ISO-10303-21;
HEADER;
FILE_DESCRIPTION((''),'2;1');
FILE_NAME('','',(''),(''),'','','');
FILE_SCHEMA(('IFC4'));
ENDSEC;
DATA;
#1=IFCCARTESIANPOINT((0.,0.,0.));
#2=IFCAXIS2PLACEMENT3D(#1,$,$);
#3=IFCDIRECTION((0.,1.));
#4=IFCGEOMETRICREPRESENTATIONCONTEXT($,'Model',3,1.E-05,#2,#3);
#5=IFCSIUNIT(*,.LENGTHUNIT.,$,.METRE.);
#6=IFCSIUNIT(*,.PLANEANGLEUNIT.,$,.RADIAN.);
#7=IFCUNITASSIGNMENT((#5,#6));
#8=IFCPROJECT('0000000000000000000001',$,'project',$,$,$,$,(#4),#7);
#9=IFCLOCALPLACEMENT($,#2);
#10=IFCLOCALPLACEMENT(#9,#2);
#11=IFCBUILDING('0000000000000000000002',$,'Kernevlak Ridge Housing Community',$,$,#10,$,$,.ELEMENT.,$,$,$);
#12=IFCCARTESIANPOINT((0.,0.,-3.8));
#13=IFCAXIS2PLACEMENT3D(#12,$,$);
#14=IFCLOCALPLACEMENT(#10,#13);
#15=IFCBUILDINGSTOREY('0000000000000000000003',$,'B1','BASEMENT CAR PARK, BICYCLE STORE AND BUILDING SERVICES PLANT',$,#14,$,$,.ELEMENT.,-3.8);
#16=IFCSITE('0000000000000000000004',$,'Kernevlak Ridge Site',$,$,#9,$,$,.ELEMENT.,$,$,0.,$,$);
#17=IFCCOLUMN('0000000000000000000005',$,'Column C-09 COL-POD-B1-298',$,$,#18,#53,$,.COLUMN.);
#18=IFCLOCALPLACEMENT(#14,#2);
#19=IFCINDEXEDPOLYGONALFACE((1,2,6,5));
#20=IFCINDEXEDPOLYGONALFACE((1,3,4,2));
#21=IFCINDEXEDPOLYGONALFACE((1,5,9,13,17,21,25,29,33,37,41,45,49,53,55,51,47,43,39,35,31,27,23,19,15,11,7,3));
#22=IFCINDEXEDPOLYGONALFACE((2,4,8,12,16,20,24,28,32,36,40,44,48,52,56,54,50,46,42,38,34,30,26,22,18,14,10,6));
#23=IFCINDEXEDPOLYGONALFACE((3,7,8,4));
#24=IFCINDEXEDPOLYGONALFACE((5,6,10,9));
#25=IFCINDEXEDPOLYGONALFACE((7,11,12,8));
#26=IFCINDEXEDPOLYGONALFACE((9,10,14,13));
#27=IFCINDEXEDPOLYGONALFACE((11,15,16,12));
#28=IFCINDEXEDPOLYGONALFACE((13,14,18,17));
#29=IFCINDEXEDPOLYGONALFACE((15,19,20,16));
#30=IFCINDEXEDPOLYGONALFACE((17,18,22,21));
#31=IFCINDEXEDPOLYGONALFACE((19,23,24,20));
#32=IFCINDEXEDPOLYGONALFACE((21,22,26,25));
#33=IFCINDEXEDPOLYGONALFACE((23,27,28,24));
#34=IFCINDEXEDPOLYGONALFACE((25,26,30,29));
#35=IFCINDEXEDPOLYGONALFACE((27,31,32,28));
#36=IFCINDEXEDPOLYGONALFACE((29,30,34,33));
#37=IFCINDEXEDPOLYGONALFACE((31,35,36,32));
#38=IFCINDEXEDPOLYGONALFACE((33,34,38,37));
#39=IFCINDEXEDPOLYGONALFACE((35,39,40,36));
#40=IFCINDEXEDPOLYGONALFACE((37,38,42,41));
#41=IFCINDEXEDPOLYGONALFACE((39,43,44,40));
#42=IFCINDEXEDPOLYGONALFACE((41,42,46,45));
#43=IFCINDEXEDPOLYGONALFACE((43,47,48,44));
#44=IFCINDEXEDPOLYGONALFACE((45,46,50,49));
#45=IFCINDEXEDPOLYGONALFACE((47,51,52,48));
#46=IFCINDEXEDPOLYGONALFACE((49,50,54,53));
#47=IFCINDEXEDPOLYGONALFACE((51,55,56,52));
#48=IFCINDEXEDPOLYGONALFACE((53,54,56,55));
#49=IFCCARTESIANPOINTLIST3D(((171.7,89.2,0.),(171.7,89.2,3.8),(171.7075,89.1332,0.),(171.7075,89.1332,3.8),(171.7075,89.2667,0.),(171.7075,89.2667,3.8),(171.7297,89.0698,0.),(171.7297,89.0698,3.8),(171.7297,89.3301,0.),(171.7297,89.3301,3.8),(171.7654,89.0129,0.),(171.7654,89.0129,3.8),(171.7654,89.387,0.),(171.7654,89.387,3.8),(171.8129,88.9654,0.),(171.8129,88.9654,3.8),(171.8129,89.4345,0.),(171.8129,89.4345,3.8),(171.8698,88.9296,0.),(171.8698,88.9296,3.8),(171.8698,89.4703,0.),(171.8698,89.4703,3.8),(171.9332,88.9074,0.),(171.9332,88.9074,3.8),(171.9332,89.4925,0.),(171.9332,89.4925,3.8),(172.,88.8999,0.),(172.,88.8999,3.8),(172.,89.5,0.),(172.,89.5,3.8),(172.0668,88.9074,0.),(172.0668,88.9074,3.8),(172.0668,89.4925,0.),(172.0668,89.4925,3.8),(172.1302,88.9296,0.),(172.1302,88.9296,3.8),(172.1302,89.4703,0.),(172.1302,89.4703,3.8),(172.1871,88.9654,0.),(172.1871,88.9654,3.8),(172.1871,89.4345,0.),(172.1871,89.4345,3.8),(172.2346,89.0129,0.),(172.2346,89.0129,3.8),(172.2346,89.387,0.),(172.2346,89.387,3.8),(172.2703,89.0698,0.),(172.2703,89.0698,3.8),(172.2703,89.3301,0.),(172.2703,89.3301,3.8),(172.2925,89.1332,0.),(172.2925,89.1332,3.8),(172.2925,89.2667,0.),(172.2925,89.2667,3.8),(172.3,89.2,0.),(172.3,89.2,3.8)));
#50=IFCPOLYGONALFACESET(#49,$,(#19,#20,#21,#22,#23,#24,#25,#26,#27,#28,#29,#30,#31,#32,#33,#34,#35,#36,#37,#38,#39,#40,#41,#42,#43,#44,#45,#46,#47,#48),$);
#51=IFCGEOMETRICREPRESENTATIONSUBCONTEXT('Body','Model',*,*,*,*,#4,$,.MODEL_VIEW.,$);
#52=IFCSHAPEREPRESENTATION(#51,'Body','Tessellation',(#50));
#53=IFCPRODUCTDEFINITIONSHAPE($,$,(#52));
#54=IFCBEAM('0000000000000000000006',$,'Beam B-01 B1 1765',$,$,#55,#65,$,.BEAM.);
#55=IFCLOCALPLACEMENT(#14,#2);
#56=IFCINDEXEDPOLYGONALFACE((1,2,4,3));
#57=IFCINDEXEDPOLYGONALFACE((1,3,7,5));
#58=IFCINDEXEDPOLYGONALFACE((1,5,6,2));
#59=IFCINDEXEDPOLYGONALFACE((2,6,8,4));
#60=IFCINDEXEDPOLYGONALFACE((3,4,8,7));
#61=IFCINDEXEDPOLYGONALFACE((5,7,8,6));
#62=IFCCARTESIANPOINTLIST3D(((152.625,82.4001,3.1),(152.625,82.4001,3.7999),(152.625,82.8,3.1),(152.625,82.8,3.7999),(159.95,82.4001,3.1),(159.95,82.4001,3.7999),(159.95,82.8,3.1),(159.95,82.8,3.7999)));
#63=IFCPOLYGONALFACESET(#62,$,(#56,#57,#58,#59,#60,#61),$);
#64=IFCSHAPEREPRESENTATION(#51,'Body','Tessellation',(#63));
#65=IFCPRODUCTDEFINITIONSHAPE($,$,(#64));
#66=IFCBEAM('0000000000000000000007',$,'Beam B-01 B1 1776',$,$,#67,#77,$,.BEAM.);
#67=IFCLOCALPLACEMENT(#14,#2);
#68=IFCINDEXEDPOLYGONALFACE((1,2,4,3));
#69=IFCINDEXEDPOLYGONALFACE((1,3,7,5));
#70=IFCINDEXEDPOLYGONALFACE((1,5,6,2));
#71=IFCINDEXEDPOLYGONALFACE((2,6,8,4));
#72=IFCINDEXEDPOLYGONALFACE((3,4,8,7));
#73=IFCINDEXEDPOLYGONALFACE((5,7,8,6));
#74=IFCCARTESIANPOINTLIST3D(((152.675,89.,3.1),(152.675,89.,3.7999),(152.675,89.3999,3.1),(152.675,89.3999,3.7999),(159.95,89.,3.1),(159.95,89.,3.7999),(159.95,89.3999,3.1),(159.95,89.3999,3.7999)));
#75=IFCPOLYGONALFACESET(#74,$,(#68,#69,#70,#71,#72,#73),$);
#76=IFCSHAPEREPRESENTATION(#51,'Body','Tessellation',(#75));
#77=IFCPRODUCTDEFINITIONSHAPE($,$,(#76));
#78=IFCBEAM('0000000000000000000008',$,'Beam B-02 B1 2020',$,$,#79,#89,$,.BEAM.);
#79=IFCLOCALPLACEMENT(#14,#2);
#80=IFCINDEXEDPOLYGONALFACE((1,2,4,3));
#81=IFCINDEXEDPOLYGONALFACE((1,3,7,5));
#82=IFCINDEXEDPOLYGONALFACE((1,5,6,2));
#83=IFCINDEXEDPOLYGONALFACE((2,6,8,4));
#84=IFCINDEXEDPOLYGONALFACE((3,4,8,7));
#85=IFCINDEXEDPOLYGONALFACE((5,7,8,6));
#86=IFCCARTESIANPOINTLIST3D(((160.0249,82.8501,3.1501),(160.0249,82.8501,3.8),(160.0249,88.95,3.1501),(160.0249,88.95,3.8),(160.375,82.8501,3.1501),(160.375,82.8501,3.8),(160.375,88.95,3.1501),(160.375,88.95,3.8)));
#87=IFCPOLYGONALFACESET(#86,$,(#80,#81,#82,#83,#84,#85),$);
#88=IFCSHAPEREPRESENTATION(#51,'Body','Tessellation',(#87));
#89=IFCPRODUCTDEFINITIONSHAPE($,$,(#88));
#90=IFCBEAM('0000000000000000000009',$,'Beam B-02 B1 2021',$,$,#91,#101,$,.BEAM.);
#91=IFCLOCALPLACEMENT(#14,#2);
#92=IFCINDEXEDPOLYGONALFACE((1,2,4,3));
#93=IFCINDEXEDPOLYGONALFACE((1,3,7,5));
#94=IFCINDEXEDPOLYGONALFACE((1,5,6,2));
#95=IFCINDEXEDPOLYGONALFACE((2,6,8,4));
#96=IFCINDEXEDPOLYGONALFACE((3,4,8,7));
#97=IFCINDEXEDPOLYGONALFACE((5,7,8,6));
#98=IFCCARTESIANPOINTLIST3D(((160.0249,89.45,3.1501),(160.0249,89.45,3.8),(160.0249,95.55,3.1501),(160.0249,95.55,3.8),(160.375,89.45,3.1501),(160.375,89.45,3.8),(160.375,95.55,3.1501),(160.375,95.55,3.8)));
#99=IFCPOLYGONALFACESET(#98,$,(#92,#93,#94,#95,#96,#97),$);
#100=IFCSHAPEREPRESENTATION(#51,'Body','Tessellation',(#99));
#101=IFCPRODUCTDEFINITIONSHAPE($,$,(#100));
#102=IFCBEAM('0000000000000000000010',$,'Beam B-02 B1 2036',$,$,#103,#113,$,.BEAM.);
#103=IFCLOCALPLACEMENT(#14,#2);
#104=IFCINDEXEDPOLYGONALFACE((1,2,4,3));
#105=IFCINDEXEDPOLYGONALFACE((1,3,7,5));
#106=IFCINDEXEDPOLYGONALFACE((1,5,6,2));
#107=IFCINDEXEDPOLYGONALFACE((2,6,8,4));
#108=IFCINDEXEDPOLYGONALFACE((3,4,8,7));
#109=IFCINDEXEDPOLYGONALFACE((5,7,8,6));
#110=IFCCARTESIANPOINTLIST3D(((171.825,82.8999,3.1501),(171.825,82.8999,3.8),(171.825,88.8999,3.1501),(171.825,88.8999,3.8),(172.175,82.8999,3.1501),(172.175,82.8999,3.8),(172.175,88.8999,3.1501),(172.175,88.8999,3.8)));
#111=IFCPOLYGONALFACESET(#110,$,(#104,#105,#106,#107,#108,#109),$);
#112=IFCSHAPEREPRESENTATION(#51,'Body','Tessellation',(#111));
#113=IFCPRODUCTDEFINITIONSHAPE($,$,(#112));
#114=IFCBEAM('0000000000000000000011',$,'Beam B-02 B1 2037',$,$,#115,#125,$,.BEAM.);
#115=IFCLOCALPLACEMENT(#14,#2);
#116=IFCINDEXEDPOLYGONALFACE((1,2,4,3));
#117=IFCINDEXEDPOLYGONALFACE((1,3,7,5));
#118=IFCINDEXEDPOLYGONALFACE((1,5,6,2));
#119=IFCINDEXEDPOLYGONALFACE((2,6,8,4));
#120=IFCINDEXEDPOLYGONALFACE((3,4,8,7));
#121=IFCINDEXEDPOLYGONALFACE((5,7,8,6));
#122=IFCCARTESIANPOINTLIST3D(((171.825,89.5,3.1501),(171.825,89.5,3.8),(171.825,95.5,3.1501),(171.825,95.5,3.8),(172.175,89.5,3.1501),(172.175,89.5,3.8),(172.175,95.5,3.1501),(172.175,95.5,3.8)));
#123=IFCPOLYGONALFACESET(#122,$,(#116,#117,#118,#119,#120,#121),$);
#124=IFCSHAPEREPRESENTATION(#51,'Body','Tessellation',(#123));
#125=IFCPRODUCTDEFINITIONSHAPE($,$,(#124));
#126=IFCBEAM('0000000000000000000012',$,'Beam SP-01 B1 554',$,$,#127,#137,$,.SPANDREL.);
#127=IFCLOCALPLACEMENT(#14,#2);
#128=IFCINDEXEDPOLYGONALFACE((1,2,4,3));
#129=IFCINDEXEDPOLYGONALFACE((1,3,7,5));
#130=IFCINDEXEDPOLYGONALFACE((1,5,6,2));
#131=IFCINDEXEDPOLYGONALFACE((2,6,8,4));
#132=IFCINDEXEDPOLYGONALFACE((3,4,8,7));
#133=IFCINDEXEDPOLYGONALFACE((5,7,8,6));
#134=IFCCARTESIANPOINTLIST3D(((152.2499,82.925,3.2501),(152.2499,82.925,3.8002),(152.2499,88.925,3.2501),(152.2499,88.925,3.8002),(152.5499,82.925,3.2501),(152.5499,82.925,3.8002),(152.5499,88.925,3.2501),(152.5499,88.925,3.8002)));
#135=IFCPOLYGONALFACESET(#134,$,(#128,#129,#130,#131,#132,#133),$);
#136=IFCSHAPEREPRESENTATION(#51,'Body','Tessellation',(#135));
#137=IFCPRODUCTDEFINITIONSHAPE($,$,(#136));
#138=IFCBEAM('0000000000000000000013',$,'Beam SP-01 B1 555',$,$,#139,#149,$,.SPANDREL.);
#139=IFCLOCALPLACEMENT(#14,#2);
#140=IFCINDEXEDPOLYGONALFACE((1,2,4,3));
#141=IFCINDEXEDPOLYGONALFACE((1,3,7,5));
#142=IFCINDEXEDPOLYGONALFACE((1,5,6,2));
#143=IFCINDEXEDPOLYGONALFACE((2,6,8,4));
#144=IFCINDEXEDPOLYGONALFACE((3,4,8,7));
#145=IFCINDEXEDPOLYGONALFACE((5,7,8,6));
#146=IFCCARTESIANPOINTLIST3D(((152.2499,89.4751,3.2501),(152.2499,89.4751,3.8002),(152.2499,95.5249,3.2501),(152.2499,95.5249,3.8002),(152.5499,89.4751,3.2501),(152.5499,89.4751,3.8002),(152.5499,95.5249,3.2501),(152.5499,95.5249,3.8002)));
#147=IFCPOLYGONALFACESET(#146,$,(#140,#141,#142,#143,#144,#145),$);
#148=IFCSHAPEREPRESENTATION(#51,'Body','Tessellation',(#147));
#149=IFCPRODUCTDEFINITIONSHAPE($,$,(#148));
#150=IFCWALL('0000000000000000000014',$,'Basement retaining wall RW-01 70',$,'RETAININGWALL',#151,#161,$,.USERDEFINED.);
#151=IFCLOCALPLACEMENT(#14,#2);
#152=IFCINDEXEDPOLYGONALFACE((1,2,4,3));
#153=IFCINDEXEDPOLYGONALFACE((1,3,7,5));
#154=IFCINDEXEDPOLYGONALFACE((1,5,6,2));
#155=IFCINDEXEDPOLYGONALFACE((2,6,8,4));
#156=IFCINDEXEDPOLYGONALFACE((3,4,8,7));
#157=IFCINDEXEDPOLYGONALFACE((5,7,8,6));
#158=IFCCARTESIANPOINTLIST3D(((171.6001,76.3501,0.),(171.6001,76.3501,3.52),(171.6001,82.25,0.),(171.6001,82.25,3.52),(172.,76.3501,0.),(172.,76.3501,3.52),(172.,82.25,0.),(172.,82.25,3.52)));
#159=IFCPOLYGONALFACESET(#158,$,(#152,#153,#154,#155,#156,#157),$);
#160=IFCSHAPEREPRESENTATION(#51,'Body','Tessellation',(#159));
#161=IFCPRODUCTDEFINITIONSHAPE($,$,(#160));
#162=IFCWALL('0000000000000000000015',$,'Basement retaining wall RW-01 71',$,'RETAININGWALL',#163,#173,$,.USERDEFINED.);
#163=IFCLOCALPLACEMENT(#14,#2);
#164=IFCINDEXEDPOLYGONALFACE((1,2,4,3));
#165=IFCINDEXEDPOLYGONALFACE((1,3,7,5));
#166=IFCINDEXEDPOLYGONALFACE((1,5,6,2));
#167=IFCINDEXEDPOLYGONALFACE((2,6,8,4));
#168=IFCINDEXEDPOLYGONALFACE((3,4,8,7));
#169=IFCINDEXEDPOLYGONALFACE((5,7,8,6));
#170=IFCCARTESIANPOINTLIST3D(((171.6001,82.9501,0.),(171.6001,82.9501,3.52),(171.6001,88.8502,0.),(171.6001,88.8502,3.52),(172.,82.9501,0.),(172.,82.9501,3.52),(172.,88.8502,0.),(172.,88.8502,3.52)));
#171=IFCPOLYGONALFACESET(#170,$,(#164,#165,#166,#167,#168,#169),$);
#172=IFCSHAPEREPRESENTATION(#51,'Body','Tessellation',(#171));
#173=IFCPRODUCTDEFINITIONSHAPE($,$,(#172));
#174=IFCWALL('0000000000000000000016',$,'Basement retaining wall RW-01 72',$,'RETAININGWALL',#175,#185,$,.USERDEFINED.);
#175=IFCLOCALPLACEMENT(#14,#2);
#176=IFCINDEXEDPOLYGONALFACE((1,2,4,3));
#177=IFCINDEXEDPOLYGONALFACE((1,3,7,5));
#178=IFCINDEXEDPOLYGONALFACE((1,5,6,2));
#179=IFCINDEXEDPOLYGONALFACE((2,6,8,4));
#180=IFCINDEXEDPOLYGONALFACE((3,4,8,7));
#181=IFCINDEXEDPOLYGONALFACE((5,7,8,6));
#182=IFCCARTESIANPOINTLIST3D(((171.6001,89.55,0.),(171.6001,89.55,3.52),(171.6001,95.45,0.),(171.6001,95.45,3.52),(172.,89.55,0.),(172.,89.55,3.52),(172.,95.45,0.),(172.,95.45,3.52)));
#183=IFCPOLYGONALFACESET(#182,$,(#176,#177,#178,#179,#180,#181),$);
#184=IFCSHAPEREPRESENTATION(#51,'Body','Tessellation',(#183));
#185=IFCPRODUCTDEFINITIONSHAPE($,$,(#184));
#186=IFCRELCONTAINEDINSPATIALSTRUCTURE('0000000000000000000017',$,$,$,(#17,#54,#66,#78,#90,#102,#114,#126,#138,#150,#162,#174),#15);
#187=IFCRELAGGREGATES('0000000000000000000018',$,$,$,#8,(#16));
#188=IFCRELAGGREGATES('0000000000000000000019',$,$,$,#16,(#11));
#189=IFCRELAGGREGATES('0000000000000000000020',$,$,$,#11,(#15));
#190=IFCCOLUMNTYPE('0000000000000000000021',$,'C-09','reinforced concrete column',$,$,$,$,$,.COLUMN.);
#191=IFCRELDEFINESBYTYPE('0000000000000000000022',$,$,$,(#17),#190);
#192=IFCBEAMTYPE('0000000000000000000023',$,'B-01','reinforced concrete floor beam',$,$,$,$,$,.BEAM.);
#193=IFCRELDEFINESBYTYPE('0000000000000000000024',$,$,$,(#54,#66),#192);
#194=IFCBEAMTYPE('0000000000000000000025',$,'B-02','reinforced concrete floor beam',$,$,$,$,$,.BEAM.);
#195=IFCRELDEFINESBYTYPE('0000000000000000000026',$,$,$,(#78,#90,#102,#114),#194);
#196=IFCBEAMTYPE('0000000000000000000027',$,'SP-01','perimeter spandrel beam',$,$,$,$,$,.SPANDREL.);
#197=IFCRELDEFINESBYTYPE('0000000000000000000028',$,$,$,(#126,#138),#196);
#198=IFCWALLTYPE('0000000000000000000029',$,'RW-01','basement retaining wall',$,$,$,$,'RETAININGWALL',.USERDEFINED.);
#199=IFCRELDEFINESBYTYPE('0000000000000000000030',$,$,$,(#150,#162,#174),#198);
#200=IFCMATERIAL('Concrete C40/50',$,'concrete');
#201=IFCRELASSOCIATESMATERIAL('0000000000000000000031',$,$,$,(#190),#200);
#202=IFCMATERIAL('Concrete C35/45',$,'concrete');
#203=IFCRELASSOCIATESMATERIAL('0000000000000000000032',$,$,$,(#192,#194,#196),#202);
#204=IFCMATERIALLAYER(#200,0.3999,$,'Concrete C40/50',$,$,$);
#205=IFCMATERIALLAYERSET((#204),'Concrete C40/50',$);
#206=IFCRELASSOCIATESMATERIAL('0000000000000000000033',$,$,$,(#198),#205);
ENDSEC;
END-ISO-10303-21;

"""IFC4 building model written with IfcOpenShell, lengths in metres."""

from ifc_helpers import new_model, si_unit, direction, frame, frame_2d, origin, origin_2d, place, context, subcontext, project, spatial, rectangle, circle, extrude, material, layer, layer_set, material_profile, profile_set, type_object, element, save


model = new_model("IFC4")

# Units and contexts
model_context = context("Model", 3, precision=1e-05, world=origin(), true_north=direction((0.0, 1.0)))
body_context = subcontext(model_context, "Body", "Model", "MODEL_VIEW")
ifc_project = project(units=[si_unit("LENGTHUNIT", "METRE"), si_unit("PLANEANGLEUNIT", "RADIAN")], contexts=[model_context])

# Site, building, storey
site_placement = place(None, origin())
site = spatial("IfcSite", under=ifc_project, at=site_placement, Name="Kernevlak Ridge Site", CompositionType="ELEMENT", RefElevation=0.0)
building_placement = place(site_placement, origin())
building = spatial("IfcBuilding", under=site, at=building_placement, Name="Kernevlak Ridge Housing Community", CompositionType="ELEMENT")
storey_placement = place(building_placement, frame((0.0, 0.0, -3.8)))
storey = spatial("IfcBuildingStorey", under=building, at=storey_placement, Name="B1", Description="BASEMENT CAR PARK, BICYCLE STORE AND BUILDING SERVICES PLANT", CompositionType="ELEMENT", Elevation=-3.8)

# Shared definitions
ifc_material_1 = material(Name="Concrete C35/45", Category="concrete")

# Column
ifc_material_2 = material(Name="Concrete C40/50", Category="concrete")
ifc_material_profile_1 = material_profile(ifc_material_2, circle(Radius=0.3, at=origin_2d()), Name="RC D600")
ifc_profile_set_1 = profile_set([ifc_material_profile_1], Name="Concrete C40/50")
column_type_1 = type_object("IfcColumnType", Name="C-09", Description="reinforced concrete column", PredefinedType="COLUMN", material=ifc_profile_set_1)
for number, where, z_axis, x_axis, name in (
    (1, (172.0, 89.2, 0.0), (0.0, 0.0, 1.0), (1.0, 0.0, 0.0), "Column C-09 COL-POD-B1-298"),
):
    element("IfcColumn", number, at=place(storey_placement, frame(where, z_axis=z_axis, x_axis=x_axis)), inside=storey, type_object=column_type_1, Name=name, PredefinedType="COLUMN", context=body_context, shape_type="SweptSolid", body=[
        extrude(circle(Radius=0.3, at=origin_2d()), origin(), (0.0, 0.0, 1.0), 3.8),
    ])

# Beams
ifc_material_profile_2 = material_profile(ifc_material_1, rectangle(XDim=0.3999, YDim=0.7, at=origin_2d()), Name="RC 400x700")
ifc_profile_set_2 = profile_set([ifc_material_profile_2], Name="Concrete C35/45")
beam_type_1 = type_object("IfcBeamType", Name="B-01", Description="reinforced concrete floor beam", PredefinedType="BEAM", material=ifc_profile_set_2)
beam_1_placement = place(storey_placement, frame((152.625, 82.6001, 3.45), z_axis=(1.0, 0.0, 0.0), x_axis=(0.0, 1.0, 0.0)))
element("IfcBeam", 2, at=beam_1_placement, inside=storey, type_object=beam_type_1, Name="Beam B-01 B1 1765", PredefinedType="BEAM", context=body_context, shape_type="SweptSolid", body=[
    extrude(rectangle(XDim=0.3999, YDim=0.7, at=origin_2d()), origin(), (0.0, 0.0, 1.0), 7.325),
])
beam_2_placement = place(storey_placement, frame((152.675, 89.2, 3.45), z_axis=(1.0, 0.0, 0.0), x_axis=(0.0, 1.0, 0.0)))
element("IfcBeam", 3, at=beam_2_placement, inside=storey, type_object=beam_type_1, Name="Beam B-01 B1 1776", PredefinedType="BEAM", context=body_context, shape_type="SweptSolid", body=[
    extrude(rectangle(XDim=0.3999, YDim=0.7, at=origin_2d()), origin(), (0.0, 0.0, 1.0), 7.2749),
])
ifc_material_profile_3 = material_profile(ifc_material_1, rectangle(XDim=0.3501, YDim=0.6499, at=origin_2d()), Name="RC 350x650")
ifc_profile_set_3 = profile_set([ifc_material_profile_3], Name="Concrete C35/45")
beam_type_2 = type_object("IfcBeamType", Name="B-02", Description="reinforced concrete floor beam", PredefinedType="BEAM", material=ifc_profile_set_3)
beam_3_placement = place(storey_placement, frame((160.2, 82.8501, 3.4751), z_axis=(0.0, 1.0, 0.0), x_axis=(-1.0, 0.0, 0.0)))
element("IfcBeam", 4, at=beam_3_placement, inside=storey, type_object=beam_type_2, Name="Beam B-02 B1 2020", PredefinedType="BEAM", context=body_context, shape_type="SweptSolid", body=[
    extrude(rectangle(XDim=0.3501, YDim=0.6499, at=origin_2d()), origin(), (0.0, 0.0, 1.0), 6.0999),
])
beam_4_placement = place(storey_placement, frame((160.2, 89.45, 3.4751), z_axis=(0.0, 1.0, 0.0), x_axis=(-1.0, 0.0, 0.0)))
element("IfcBeam", 5, at=beam_4_placement, inside=storey, type_object=beam_type_2, Name="Beam B-02 B1 2021", PredefinedType="BEAM", context=body_context, shape_type="SweptSolid", body=[
    extrude(rectangle(XDim=0.3501, YDim=0.6499, at=origin_2d()), origin(), (0.0, 0.0, 1.0), 6.1001),
])
for number, where, z_axis, x_axis, name in (
    (6, (172.0, 82.8999, 3.4751), (0.0, 1.0, 0.0), (-1.0, 0.0, 0.0), "Beam B-02 B1 2036"),
    (7, (172.0, 89.5, 3.4751), (0.0, 1.0, 0.0), (-1.0, 0.0, 0.0), "Beam B-02 B1 2037"),
):
    element("IfcBeam", number, at=place(storey_placement, frame(where, z_axis=z_axis, x_axis=x_axis)), inside=storey, type_object=beam_type_2, Name=name, PredefinedType="BEAM", context=body_context, shape_type="SweptSolid", body=[
        extrude(rectangle(XDim=0.3501, YDim=0.6499, at=origin_2d()), origin(), (0.0, 0.0, 1.0), 6.0),
    ])
ifc_material_profile_4 = material_profile(ifc_material_1, rectangle(XDim=0.3, YDim=0.55, at=origin_2d()), Name="RC 300x550")
ifc_profile_set_4 = profile_set([ifc_material_profile_4], Name="Concrete C35/45")
beam_type_3 = type_object("IfcBeamType", Name="SP-01", Description="perimeter spandrel beam", PredefinedType="SPANDREL", material=ifc_profile_set_4)
beam_5_placement = place(storey_placement, frame((152.3999, 82.925, 3.5251), z_axis=(0.0, 1.0, 0.0), x_axis=(-1.0, 0.0, 0.0)))
element("IfcBeam", 8, at=beam_5_placement, inside=storey, type_object=beam_type_3, Name="Beam SP-01 B1 554", PredefinedType="SPANDREL", context=body_context, shape_type="SweptSolid", body=[
    extrude(rectangle(XDim=0.3, YDim=0.55, at=origin_2d()), origin(), (0.0, 0.0, 1.0), 6.0),
])
beam_6_placement = place(storey_placement, frame((152.3999, 89.4751, 3.5251), z_axis=(0.0, 1.0, 0.0), x_axis=(-1.0, 0.0, 0.0)))
element("IfcBeam", 9, at=beam_6_placement, inside=storey, type_object=beam_type_3, Name="Beam SP-01 B1 555", PredefinedType="SPANDREL", context=body_context, shape_type="SweptSolid", body=[
    extrude(rectangle(XDim=0.3, YDim=0.55, at=origin_2d()), origin(), (0.0, 0.0, 1.0), 6.0498),
])

# Walls
ifc_layer = layer(ifc_material_2, 0.3999, Name="Concrete C40/50")
ifc_layer_set = layer_set([ifc_layer], Name="Concrete C40/50")
wall_type = type_object("IfcWallType", Name="RW-01", Description="basement retaining wall", ElementType="RETAININGWALL", PredefinedType="USERDEFINED", material=ifc_layer_set)
wall_1_placement = place(storey_placement, frame((171.8, 76.3501, 0.0), z_axis=(0.0, 0.0, 1.0), x_axis=(0.0, 1.0, 0.0)))
element("IfcWall", 10, at=wall_1_placement, inside=storey, type_object=wall_type, Name="Basement retaining wall RW-01 70", ObjectType="RETAININGWALL", PredefinedType="USERDEFINED", context=body_context, shape_type="SweptSolid", body=[
    extrude(rectangle(XDim=5.8999, YDim=0.3999, at=frame_2d((2.95, 0.0))), origin(), (0.0, 0.0, 1.0), 3.52),
])
wall_2_placement = place(storey_placement, frame((171.8, 82.95, 0.0), z_axis=(0.0, 0.0, 1.0), x_axis=(0.0, 1.0, 0.0)))
element("IfcWall", 11, at=wall_2_placement, inside=storey, type_object=wall_type, Name="Basement retaining wall RW-01 71", ObjectType="RETAININGWALL", PredefinedType="USERDEFINED", context=body_context, shape_type="SweptSolid", body=[
    extrude(rectangle(XDim=5.9001, YDim=0.3999, at=frame_2d((2.9502, 0.0))), origin(), (0.0, 0.0, 1.0), 3.52),
])
wall_3_placement = place(storey_placement, frame((171.8, 89.55, 0.0), z_axis=(0.0, 0.0, 1.0), x_axis=(0.0, 1.0, 0.0)))
element("IfcWall", 12, at=wall_3_placement, inside=storey, type_object=wall_type, Name="Basement retaining wall RW-01 72", ObjectType="RETAININGWALL", PredefinedType="USERDEFINED", context=body_context, shape_type="SweptSolid", body=[
    extrude(rectangle(XDim=5.8999, YDim=0.3999, at=frame_2d((2.95, 0.0))), origin(), (0.0, 0.0, 1.0), 3.52),
])

save(model, "model.ifc")
